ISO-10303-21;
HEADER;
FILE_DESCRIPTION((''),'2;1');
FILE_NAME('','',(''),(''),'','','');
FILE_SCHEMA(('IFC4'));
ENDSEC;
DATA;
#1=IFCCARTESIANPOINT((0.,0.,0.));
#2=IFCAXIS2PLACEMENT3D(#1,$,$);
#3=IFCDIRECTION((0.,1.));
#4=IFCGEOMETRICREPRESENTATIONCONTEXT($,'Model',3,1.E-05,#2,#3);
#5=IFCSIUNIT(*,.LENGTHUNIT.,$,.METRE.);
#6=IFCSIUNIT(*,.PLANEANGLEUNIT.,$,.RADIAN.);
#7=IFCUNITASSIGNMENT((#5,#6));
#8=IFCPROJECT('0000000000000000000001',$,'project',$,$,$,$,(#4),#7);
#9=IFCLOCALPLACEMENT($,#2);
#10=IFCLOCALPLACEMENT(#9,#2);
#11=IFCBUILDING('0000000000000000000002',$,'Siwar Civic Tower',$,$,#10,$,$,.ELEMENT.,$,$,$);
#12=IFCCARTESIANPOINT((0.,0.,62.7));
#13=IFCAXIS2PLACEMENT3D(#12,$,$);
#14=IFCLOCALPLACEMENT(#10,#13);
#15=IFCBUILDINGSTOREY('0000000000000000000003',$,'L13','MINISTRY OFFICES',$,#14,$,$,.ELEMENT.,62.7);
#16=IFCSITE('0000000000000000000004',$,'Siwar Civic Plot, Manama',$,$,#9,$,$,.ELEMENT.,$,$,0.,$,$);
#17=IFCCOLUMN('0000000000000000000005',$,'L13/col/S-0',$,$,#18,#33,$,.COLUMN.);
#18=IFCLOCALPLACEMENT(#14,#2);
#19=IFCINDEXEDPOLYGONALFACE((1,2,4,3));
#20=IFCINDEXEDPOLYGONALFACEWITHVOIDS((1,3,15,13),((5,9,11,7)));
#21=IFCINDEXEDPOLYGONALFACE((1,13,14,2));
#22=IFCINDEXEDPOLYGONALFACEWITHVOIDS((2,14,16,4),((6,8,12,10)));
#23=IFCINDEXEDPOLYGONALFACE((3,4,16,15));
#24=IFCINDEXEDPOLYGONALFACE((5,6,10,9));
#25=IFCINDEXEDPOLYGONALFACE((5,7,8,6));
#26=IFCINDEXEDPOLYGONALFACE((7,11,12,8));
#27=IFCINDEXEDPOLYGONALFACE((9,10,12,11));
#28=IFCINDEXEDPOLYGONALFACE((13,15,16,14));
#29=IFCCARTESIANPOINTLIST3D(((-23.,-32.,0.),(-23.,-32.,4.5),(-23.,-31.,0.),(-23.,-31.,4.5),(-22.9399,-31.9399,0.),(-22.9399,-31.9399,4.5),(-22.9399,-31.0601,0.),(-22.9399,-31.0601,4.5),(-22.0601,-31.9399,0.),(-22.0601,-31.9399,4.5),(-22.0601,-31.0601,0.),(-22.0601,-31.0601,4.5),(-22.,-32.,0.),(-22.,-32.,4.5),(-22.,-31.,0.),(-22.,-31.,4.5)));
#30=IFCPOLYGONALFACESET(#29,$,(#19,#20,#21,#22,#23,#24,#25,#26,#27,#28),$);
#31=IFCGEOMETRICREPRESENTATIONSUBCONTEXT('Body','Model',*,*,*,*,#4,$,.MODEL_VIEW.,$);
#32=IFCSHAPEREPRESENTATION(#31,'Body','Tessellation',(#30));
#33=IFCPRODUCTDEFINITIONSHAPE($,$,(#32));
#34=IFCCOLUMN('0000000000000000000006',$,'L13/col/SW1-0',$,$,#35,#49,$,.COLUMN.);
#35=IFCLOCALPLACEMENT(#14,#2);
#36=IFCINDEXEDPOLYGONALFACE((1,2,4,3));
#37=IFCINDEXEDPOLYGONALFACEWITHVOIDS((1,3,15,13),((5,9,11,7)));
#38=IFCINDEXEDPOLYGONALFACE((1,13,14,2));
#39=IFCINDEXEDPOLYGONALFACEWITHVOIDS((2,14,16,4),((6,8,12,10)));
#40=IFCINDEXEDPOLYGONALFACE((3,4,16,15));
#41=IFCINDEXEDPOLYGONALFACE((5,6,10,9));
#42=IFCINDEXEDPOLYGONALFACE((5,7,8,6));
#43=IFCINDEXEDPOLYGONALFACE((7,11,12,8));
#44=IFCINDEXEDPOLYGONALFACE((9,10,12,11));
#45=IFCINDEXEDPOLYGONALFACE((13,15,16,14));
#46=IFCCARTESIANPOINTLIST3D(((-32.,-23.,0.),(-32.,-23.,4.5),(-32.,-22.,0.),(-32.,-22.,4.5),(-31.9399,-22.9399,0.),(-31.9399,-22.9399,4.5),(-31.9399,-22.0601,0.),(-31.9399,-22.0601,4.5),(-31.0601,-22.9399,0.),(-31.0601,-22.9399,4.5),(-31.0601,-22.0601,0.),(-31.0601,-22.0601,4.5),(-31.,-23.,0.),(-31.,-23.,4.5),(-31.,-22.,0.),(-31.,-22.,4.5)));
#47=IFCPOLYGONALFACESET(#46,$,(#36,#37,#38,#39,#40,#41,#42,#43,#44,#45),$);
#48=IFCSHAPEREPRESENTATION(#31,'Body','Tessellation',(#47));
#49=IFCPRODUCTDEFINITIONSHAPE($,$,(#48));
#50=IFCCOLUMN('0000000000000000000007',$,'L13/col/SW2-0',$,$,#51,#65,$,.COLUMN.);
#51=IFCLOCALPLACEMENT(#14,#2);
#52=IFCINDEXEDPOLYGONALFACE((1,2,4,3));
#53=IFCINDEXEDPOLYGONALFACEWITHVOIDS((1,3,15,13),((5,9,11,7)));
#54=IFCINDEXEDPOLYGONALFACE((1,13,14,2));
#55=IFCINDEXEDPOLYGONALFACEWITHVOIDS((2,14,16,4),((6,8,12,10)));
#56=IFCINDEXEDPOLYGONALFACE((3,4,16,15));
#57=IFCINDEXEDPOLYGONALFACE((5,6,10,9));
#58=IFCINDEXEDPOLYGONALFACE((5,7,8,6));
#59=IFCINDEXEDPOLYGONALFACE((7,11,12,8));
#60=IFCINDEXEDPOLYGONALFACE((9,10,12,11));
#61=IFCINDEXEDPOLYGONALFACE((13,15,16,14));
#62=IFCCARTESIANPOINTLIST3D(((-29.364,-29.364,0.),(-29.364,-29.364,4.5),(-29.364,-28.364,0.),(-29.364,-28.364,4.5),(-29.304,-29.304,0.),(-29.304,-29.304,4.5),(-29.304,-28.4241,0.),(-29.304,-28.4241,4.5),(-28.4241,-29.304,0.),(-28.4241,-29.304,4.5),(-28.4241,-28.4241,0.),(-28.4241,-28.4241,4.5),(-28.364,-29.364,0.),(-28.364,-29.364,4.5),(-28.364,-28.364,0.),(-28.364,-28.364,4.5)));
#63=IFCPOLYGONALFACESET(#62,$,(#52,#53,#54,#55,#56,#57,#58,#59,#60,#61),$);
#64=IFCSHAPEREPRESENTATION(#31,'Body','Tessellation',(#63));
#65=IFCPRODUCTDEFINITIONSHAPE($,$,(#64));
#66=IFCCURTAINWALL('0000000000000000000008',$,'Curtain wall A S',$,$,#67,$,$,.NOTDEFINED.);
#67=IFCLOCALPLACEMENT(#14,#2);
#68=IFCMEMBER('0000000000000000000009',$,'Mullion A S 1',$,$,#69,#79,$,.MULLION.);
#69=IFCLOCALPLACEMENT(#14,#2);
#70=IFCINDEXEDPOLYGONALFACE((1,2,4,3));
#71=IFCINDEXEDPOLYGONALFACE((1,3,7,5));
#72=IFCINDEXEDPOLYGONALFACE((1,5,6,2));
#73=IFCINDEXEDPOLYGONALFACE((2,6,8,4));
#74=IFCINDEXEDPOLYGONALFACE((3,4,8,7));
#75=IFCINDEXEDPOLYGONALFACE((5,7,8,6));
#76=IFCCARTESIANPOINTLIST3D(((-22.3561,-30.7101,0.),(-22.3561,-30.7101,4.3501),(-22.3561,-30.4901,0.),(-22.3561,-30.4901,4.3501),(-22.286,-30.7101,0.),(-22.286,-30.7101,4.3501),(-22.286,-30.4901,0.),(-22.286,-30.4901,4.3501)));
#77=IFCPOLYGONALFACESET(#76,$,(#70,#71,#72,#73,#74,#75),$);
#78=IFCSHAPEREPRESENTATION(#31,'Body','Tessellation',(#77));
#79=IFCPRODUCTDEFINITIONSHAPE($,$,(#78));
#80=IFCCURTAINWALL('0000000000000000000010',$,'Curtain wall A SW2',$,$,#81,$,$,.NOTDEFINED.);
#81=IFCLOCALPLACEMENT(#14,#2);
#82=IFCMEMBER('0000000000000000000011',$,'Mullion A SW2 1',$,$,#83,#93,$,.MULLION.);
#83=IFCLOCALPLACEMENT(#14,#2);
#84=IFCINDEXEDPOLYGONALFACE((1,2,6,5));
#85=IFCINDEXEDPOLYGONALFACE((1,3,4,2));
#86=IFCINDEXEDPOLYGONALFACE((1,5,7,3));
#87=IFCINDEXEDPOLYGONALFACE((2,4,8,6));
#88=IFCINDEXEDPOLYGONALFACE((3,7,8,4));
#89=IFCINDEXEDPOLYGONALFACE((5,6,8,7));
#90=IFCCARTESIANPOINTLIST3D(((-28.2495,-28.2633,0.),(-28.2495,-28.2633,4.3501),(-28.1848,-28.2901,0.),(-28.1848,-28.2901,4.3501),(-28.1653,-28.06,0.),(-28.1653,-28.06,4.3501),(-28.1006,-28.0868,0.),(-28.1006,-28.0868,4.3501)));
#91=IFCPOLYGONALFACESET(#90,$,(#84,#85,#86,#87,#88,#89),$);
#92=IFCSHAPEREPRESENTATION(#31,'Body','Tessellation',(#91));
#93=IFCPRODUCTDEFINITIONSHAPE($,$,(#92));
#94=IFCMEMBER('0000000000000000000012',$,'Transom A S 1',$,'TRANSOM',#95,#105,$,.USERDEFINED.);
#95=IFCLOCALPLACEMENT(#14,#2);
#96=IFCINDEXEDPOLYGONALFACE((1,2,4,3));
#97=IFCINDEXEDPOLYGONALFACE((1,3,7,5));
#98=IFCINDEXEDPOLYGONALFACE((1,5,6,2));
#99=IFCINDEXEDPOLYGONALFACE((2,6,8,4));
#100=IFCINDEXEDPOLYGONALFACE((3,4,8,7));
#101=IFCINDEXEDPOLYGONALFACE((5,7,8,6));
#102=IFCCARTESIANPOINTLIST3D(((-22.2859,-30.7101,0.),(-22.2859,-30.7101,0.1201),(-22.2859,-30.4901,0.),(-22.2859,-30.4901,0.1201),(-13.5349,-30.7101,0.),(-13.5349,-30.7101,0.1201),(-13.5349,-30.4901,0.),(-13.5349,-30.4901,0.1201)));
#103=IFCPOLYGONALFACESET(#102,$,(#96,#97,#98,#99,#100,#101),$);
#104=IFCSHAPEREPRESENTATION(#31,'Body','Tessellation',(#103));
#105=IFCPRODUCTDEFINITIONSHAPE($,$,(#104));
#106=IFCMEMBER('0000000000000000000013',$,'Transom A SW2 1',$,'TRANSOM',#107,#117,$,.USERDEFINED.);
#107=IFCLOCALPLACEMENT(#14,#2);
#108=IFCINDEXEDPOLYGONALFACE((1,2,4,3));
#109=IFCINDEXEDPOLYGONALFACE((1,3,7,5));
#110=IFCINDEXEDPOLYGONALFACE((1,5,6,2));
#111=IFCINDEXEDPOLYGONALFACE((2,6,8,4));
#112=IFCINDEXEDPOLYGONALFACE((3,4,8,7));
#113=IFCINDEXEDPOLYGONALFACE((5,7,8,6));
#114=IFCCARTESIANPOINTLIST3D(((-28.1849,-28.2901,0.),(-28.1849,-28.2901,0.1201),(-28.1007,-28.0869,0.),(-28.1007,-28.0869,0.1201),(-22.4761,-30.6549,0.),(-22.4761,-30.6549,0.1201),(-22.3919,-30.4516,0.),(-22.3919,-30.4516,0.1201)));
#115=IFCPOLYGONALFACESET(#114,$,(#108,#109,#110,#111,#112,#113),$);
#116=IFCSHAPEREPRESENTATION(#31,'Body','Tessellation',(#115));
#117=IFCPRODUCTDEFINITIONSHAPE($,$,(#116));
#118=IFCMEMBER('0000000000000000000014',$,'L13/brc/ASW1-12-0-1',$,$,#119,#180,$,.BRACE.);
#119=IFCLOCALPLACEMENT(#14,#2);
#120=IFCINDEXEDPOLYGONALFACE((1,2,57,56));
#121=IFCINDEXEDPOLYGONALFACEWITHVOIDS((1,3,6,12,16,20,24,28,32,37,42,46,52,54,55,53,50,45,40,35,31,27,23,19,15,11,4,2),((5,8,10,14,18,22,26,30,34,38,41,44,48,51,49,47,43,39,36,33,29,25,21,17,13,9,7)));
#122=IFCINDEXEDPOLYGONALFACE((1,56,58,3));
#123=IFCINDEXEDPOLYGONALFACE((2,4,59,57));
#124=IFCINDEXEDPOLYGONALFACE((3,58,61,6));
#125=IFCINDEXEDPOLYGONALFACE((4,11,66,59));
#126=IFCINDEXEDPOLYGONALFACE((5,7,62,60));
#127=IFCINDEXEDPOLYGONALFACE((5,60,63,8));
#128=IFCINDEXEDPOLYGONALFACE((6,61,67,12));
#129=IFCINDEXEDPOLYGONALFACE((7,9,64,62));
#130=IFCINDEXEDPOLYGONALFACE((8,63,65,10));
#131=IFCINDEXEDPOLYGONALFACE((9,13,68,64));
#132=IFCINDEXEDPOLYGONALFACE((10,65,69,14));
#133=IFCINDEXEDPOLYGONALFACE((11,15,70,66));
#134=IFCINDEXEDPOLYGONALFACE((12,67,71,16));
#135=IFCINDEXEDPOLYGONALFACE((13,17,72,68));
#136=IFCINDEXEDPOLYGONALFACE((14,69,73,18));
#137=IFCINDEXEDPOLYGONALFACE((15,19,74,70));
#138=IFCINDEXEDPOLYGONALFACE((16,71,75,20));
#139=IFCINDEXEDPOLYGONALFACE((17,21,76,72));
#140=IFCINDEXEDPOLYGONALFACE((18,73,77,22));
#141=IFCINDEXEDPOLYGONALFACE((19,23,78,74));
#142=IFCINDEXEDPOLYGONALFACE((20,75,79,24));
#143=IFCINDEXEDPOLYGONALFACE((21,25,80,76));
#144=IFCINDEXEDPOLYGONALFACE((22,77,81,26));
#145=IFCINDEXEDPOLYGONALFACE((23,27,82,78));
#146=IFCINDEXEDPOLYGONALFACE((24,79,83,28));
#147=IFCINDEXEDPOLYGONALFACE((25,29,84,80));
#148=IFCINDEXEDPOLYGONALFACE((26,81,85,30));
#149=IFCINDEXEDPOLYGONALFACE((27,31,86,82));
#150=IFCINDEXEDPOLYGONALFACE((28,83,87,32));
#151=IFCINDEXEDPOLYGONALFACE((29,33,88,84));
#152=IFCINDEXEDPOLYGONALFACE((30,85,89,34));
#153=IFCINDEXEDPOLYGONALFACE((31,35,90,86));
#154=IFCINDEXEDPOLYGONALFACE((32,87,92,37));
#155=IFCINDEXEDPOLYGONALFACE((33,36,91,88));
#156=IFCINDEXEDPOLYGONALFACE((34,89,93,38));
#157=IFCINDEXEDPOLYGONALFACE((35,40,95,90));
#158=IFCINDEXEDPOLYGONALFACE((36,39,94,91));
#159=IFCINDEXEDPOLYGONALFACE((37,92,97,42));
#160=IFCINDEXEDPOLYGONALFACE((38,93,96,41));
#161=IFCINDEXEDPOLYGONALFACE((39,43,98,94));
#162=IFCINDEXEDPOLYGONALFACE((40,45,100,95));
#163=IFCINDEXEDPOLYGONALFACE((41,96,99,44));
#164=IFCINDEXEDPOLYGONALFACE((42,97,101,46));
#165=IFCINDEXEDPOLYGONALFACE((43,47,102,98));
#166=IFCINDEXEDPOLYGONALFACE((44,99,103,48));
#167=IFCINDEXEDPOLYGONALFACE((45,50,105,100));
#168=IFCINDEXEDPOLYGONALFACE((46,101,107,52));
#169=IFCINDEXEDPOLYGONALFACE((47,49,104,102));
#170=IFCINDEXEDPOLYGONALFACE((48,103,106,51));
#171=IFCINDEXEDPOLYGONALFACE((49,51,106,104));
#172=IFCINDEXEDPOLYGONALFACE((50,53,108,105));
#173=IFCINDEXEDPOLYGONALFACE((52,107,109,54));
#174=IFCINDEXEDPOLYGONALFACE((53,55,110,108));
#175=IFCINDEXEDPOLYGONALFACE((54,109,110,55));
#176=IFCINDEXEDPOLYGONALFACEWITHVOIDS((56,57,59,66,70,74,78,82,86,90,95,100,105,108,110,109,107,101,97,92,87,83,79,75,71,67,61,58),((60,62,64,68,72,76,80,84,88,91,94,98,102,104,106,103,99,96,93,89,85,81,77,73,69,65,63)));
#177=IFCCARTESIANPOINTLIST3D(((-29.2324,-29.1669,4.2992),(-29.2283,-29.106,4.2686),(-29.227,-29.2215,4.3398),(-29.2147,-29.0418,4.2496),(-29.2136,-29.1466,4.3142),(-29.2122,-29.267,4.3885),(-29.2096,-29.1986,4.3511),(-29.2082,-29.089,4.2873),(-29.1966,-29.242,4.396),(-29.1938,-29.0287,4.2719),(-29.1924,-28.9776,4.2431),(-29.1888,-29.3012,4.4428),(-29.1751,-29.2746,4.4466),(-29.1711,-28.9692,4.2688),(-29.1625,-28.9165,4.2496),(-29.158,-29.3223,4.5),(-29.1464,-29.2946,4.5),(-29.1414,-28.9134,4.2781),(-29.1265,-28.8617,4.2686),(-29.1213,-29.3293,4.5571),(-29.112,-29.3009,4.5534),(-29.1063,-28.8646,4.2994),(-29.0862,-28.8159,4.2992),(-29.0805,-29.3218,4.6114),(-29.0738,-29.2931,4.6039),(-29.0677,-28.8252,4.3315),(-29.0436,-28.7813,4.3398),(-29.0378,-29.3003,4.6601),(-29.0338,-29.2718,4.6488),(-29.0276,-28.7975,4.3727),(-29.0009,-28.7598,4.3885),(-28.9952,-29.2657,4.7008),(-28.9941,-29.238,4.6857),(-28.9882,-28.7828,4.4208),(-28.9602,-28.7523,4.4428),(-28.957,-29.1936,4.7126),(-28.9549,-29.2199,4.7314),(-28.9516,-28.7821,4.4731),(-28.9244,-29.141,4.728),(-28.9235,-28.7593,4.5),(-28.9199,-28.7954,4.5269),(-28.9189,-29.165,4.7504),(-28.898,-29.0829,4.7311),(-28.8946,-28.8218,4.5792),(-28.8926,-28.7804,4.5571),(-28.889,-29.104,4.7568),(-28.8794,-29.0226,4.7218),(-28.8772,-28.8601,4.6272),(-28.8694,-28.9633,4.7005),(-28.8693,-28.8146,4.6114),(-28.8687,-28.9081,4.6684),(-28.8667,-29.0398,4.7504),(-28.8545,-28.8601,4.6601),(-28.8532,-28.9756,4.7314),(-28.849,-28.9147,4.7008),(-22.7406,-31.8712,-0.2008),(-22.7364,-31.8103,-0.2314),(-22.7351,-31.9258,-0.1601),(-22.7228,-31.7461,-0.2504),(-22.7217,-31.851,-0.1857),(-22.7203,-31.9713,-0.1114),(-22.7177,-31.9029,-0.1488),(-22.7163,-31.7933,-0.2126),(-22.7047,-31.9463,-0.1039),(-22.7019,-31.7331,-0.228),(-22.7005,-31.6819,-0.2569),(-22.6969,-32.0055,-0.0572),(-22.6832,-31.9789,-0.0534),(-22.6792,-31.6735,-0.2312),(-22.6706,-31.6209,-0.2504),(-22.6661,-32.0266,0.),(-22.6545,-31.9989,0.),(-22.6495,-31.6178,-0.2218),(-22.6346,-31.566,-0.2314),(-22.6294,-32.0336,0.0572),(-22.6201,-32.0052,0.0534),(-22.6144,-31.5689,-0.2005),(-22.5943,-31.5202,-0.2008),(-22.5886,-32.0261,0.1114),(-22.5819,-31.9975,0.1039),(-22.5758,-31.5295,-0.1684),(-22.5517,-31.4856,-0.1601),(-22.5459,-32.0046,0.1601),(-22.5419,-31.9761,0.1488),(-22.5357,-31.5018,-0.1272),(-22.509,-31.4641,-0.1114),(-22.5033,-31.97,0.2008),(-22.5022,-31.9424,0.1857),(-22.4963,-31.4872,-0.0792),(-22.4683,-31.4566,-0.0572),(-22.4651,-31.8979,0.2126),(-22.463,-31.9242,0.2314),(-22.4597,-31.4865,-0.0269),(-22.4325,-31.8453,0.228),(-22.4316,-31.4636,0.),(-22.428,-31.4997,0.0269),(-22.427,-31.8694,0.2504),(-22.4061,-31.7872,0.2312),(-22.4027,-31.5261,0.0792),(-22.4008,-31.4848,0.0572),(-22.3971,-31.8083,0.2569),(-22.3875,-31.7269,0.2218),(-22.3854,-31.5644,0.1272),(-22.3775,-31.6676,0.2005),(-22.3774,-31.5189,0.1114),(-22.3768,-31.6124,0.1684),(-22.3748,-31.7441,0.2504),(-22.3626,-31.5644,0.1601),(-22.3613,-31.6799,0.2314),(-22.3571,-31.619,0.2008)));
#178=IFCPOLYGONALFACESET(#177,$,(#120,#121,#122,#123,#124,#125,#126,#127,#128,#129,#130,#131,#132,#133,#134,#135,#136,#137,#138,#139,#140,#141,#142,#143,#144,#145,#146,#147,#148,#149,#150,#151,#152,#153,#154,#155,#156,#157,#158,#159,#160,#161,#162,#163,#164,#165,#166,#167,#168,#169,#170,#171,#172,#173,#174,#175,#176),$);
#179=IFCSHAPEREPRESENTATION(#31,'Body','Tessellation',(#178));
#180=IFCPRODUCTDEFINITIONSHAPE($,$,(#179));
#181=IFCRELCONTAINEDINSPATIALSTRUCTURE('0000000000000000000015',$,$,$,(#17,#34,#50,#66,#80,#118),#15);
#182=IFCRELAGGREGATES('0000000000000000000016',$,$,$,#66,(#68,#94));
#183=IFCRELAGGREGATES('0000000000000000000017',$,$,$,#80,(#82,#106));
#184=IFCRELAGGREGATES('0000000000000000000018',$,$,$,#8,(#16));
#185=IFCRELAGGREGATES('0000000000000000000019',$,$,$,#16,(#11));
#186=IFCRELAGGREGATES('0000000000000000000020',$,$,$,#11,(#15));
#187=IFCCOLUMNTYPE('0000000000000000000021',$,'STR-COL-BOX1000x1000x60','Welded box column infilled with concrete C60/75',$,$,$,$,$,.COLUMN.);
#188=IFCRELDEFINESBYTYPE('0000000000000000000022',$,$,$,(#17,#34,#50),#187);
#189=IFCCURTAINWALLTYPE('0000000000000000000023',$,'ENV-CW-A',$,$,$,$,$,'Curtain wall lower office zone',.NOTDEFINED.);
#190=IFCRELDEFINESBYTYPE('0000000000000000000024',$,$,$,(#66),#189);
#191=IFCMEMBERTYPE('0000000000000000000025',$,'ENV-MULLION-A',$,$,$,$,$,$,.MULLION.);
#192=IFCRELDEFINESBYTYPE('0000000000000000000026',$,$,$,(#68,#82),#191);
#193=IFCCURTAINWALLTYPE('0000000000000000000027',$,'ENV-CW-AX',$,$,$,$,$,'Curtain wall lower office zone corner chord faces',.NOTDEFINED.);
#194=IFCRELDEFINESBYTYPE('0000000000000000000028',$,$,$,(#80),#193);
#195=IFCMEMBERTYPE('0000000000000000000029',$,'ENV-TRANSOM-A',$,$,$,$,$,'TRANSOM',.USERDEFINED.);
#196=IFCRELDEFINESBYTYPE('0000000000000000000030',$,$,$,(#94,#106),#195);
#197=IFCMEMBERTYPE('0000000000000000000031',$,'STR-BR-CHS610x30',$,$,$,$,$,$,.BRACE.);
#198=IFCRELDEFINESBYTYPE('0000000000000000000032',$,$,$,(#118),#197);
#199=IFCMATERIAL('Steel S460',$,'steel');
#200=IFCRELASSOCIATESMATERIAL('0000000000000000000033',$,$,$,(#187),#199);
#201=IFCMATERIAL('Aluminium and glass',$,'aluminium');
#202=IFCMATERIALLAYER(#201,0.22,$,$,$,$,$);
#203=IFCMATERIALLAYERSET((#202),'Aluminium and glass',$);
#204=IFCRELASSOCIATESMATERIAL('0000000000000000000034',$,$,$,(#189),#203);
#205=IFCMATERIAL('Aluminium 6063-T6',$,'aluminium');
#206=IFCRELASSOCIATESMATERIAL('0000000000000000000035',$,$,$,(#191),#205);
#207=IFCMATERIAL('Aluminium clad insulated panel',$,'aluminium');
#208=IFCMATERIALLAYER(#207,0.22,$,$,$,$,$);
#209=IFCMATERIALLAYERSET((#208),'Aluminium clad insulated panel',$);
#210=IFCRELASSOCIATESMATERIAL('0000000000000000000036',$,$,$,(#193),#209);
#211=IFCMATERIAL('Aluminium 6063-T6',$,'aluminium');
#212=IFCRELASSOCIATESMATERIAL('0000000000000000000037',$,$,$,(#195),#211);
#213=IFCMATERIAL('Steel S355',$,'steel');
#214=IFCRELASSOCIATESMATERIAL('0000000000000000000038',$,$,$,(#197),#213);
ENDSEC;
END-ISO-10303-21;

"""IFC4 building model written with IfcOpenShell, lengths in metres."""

from ifc_helpers import new_model, si_unit, direction, frame, origin, origin_2d, place, context, subcontext, project, spatial, rectangle, hollow_rectangle, hollow_circle, extrude, material, layer, layer_set, material_profile, profile_set, type_object, element, aggregate, save


model = new_model("IFC4")

# Units and contexts
model_context = context("Model", 3, precision=1e-05, world=origin(), true_north=direction((0.0, 1.0)))
body_context = subcontext(model_context, "Body", "Model", "MODEL_VIEW")
ifc_project = project(units=[si_unit("LENGTHUNIT", "METRE"), si_unit("PLANEANGLEUNIT", "RADIAN")], contexts=[model_context])

# Site, building, storey
site_placement = place(None, origin())
site = spatial("IfcSite", under=ifc_project, at=site_placement, Name="Siwar Civic Plot, Manama", CompositionType="ELEMENT", RefElevation=0.0)
building_placement = place(site_placement, origin())
building = spatial("IfcBuilding", under=site, at=building_placement, Name="Siwar Civic Tower", CompositionType="ELEMENT")
storey_placement = place(building_placement, frame((0.0, 0.0, 62.7)))
storey = spatial("IfcBuildingStorey", under=building, at=storey_placement, Name="L13", Description="MINISTRY OFFICES", CompositionType="ELEMENT", Elevation=62.7)

# Columns
ifc_material_1 = material(Name="Steel S460", Category="steel")
ifc_material_profile_1 = material_profile(ifc_material_1, hollow_rectangle(XDim=1.0, YDim=1.0, WallThickness=0.0601, at=origin_2d()), Name="BOX1000x1000x60")
ifc_profile_set_1 = profile_set([ifc_material_profile_1], Name="Steel S460")
column_type = type_object("IfcColumnType", Name="STR-COL-BOX1000x1000x60", Description="Welded box column infilled with concrete C60/75", PredefinedType="COLUMN", material=ifc_profile_set_1)
for number, where, z_axis, x_axis, name in (
    (1, (-22.5, -31.5, 0.0), (0.0, 0.0, 1.0), (1.0, 0.0, 0.0), "L13/col/S-0"),
    (2, (-31.5, -22.5, 0.0), (0.0, 0.0, 1.0), (1.0, 0.0, 0.0), "L13/col/SW1-0"),
    (3, (-28.864, -28.864, 0.0), (0.0, 0.0, 1.0), (1.0, 0.0, 0.0), "L13/col/SW2-0"),
):
    element("IfcColumn", number, at=place(storey_placement, frame(where, z_axis=z_axis, x_axis=x_axis)), inside=storey, type_object=column_type, Name=name, PredefinedType="COLUMN", context=body_context, shape_type="SweptSolid", body=[
        extrude(hollow_rectangle(XDim=1.0, YDim=1.0, WallThickness=0.0601, at=origin_2d()), origin(), (0.0, 0.0, 1.0), 4.5),
    ])

# Curtain walls, members
ifc_material_2 = material(Name="Aluminium and glass", Category="aluminium")
ifc_layer_1 = layer(ifc_material_2, 0.22)
ifc_layer_set_1 = layer_set([ifc_layer_1], Name="Aluminium and glass")
curtain_wall_type_1 = type_object("IfcCurtainWallType", Name="ENV-CW-A", ElementType="Curtain wall lower office zone", PredefinedType="NOTDEFINED", material=ifc_layer_set_1)
curtain_wall_1_placement = place(storey_placement, origin())
curtain_wall_1 = element("IfcCurtainWall", 4, at=curtain_wall_1_placement, inside=storey, type_object=curtain_wall_type_1, Name="Curtain wall A S", PredefinedType="NOTDEFINED")
ifc_material_3 = material(Name="Aluminium 6063-T6", Category="aluminium")
ifc_material_profile_2 = material_profile(ifc_material_3, rectangle(XDim=0.22, YDim=0.0701, at=origin_2d()), Name="AL 220x70")
ifc_profile_set_2 = profile_set([ifc_material_profile_2], Name="Aluminium 6063-T6")
member_type_1 = type_object("IfcMemberType", Name="ENV-MULLION-A", PredefinedType="MULLION", material=ifc_profile_set_2)
member_1_placement = place(storey_placement, frame((-22.321, -30.6001, 0.0), z_axis=(0.0, 0.0, 1.0), x_axis=(0.0, 1.0, 0.0)))
member_1 = element("IfcMember", 5, at=member_1_placement, type_object=member_type_1, Name="Mullion A S 1", PredefinedType="MULLION", context=body_context, shape_type="SweptSolid", body=[
    extrude(rectangle(XDim=0.22, YDim=0.0701, at=origin_2d()), origin(), (0.0, 0.0, 1.0), 4.3501),
])
ifc_material_4 = material(Name="Aluminium clad insulated panel", Category="aluminium")
ifc_layer_2 = layer(ifc_material_4, 0.22)
ifc_layer_set_2 = layer_set([ifc_layer_2], Name="Aluminium clad insulated panel")
curtain_wall_type_2 = type_object("IfcCurtainWallType", Name="ENV-CW-AX", ElementType="Curtain wall lower office zone corner chord faces", PredefinedType="NOTDEFINED", material=ifc_layer_set_2)
curtain_wall_2_placement = place(storey_placement, origin())
curtain_wall_2 = element("IfcCurtainWall", 6, at=curtain_wall_2_placement, inside=storey, type_object=curtain_wall_type_2, Name="Curtain wall A SW2", PredefinedType="NOTDEFINED")
member_2_placement = place(storey_placement, frame((-28.175, -28.175, 0.0), z_axis=(0.0, 0.0, 1.0), x_axis=(0.382683, 0.92388, 0.0)))
member_2 = element("IfcMember", 7, at=member_2_placement, type_object=member_type_1, Name="Mullion A SW2 1", PredefinedType="MULLION", context=body_context, shape_type="SweptSolid", body=[
    extrude(rectangle(XDim=0.22, YDim=0.0701, at=origin_2d()), origin(), (0.0, 0.0, 1.0), 4.3501),
])

# Members
ifc_material_5 = material(Name="Aluminium 6063-T6", Category="aluminium")
ifc_material_profile_3 = material_profile(ifc_material_5, rectangle(XDim=0.22, YDim=0.1201, at=origin_2d()), Name="AL 220x120")
ifc_profile_set_3 = profile_set([ifc_material_profile_3], Name="Aluminium 6063-T6")
member_type_2 = type_object("IfcMemberType", Name="ENV-TRANSOM-A", ElementType="TRANSOM", PredefinedType="USERDEFINED", material=ifc_profile_set_3)
member_3_placement = place(storey_placement, frame((-22.2859, -30.6001, 0.0601), z_axis=(1.0, 0.0, 0.0), x_axis=(0.0, 1.0, 0.0)))
member_3 = element("IfcMember", 8, at=member_3_placement, type_object=member_type_2, Name="Transom A S 1", ObjectType="TRANSOM", PredefinedType="USERDEFINED", context=body_context, shape_type="SweptSolid", body=[
    extrude(rectangle(XDim=0.22, YDim=0.1201, at=origin_2d()), origin(), (0.0, 0.0, 1.0), 8.751),
])
aggregate(curtain_wall_1, [member_1, member_3])
member_4_placement = place(storey_placement, frame((-28.1428, -28.1885, 0.0601), z_axis=(0.923873, -0.382698, 0.0), x_axis=(0.382698, 0.923873, 0.0)))
member_4 = element("IfcMember", 9, at=member_4_placement, type_object=member_type_2, Name="Transom A SW2 1", ObjectType="TRANSOM", PredefinedType="USERDEFINED", context=body_context, shape_type="SweptSolid", body=[
    extrude(rectangle(XDim=0.22, YDim=0.1201, at=origin_2d()), origin(), (0.0, 0.0, 1.0), 6.1792),
])

# Member
ifc_material_6 = material(Name="Steel S355", Category="steel")
ifc_material_profile_4 = material_profile(ifc_material_6, hollow_circle(Radius=0.3049, WallThickness=0.03, at=origin_2d()), Name="CHS610x30")
ifc_profile_set_4 = profile_set([ifc_material_profile_4], Name="Steel S355")
member_type_3 = type_object("IfcMemberType", Name="STR-BR-CHS610x30", PredefinedType="BRACE", material=ifc_profile_set_4)
member_5_placement = place(storey_placement, frame((-22.5488, -31.7451, 0.0), z_axis=(-0.777555, 0.323906, 0.538975), x_axis=(-0.384539, -0.923109, 0.0)))
element("IfcMember", 10, at=member_5_placement, inside=storey, type_object=member_type_3, Name="L13/brc/ASW1-12-0-1", PredefinedType="BRACE", context=body_context, shape_type="SweptSolid", body=[
    extrude(hollow_circle(Radius=0.3049, WallThickness=0.03, at=origin_2d()), origin(), (0.0, 0.0, 1.0), 8.3491),
])

aggregate(curtain_wall_2, [member_2, member_4])

save(model, "model.ifc")
